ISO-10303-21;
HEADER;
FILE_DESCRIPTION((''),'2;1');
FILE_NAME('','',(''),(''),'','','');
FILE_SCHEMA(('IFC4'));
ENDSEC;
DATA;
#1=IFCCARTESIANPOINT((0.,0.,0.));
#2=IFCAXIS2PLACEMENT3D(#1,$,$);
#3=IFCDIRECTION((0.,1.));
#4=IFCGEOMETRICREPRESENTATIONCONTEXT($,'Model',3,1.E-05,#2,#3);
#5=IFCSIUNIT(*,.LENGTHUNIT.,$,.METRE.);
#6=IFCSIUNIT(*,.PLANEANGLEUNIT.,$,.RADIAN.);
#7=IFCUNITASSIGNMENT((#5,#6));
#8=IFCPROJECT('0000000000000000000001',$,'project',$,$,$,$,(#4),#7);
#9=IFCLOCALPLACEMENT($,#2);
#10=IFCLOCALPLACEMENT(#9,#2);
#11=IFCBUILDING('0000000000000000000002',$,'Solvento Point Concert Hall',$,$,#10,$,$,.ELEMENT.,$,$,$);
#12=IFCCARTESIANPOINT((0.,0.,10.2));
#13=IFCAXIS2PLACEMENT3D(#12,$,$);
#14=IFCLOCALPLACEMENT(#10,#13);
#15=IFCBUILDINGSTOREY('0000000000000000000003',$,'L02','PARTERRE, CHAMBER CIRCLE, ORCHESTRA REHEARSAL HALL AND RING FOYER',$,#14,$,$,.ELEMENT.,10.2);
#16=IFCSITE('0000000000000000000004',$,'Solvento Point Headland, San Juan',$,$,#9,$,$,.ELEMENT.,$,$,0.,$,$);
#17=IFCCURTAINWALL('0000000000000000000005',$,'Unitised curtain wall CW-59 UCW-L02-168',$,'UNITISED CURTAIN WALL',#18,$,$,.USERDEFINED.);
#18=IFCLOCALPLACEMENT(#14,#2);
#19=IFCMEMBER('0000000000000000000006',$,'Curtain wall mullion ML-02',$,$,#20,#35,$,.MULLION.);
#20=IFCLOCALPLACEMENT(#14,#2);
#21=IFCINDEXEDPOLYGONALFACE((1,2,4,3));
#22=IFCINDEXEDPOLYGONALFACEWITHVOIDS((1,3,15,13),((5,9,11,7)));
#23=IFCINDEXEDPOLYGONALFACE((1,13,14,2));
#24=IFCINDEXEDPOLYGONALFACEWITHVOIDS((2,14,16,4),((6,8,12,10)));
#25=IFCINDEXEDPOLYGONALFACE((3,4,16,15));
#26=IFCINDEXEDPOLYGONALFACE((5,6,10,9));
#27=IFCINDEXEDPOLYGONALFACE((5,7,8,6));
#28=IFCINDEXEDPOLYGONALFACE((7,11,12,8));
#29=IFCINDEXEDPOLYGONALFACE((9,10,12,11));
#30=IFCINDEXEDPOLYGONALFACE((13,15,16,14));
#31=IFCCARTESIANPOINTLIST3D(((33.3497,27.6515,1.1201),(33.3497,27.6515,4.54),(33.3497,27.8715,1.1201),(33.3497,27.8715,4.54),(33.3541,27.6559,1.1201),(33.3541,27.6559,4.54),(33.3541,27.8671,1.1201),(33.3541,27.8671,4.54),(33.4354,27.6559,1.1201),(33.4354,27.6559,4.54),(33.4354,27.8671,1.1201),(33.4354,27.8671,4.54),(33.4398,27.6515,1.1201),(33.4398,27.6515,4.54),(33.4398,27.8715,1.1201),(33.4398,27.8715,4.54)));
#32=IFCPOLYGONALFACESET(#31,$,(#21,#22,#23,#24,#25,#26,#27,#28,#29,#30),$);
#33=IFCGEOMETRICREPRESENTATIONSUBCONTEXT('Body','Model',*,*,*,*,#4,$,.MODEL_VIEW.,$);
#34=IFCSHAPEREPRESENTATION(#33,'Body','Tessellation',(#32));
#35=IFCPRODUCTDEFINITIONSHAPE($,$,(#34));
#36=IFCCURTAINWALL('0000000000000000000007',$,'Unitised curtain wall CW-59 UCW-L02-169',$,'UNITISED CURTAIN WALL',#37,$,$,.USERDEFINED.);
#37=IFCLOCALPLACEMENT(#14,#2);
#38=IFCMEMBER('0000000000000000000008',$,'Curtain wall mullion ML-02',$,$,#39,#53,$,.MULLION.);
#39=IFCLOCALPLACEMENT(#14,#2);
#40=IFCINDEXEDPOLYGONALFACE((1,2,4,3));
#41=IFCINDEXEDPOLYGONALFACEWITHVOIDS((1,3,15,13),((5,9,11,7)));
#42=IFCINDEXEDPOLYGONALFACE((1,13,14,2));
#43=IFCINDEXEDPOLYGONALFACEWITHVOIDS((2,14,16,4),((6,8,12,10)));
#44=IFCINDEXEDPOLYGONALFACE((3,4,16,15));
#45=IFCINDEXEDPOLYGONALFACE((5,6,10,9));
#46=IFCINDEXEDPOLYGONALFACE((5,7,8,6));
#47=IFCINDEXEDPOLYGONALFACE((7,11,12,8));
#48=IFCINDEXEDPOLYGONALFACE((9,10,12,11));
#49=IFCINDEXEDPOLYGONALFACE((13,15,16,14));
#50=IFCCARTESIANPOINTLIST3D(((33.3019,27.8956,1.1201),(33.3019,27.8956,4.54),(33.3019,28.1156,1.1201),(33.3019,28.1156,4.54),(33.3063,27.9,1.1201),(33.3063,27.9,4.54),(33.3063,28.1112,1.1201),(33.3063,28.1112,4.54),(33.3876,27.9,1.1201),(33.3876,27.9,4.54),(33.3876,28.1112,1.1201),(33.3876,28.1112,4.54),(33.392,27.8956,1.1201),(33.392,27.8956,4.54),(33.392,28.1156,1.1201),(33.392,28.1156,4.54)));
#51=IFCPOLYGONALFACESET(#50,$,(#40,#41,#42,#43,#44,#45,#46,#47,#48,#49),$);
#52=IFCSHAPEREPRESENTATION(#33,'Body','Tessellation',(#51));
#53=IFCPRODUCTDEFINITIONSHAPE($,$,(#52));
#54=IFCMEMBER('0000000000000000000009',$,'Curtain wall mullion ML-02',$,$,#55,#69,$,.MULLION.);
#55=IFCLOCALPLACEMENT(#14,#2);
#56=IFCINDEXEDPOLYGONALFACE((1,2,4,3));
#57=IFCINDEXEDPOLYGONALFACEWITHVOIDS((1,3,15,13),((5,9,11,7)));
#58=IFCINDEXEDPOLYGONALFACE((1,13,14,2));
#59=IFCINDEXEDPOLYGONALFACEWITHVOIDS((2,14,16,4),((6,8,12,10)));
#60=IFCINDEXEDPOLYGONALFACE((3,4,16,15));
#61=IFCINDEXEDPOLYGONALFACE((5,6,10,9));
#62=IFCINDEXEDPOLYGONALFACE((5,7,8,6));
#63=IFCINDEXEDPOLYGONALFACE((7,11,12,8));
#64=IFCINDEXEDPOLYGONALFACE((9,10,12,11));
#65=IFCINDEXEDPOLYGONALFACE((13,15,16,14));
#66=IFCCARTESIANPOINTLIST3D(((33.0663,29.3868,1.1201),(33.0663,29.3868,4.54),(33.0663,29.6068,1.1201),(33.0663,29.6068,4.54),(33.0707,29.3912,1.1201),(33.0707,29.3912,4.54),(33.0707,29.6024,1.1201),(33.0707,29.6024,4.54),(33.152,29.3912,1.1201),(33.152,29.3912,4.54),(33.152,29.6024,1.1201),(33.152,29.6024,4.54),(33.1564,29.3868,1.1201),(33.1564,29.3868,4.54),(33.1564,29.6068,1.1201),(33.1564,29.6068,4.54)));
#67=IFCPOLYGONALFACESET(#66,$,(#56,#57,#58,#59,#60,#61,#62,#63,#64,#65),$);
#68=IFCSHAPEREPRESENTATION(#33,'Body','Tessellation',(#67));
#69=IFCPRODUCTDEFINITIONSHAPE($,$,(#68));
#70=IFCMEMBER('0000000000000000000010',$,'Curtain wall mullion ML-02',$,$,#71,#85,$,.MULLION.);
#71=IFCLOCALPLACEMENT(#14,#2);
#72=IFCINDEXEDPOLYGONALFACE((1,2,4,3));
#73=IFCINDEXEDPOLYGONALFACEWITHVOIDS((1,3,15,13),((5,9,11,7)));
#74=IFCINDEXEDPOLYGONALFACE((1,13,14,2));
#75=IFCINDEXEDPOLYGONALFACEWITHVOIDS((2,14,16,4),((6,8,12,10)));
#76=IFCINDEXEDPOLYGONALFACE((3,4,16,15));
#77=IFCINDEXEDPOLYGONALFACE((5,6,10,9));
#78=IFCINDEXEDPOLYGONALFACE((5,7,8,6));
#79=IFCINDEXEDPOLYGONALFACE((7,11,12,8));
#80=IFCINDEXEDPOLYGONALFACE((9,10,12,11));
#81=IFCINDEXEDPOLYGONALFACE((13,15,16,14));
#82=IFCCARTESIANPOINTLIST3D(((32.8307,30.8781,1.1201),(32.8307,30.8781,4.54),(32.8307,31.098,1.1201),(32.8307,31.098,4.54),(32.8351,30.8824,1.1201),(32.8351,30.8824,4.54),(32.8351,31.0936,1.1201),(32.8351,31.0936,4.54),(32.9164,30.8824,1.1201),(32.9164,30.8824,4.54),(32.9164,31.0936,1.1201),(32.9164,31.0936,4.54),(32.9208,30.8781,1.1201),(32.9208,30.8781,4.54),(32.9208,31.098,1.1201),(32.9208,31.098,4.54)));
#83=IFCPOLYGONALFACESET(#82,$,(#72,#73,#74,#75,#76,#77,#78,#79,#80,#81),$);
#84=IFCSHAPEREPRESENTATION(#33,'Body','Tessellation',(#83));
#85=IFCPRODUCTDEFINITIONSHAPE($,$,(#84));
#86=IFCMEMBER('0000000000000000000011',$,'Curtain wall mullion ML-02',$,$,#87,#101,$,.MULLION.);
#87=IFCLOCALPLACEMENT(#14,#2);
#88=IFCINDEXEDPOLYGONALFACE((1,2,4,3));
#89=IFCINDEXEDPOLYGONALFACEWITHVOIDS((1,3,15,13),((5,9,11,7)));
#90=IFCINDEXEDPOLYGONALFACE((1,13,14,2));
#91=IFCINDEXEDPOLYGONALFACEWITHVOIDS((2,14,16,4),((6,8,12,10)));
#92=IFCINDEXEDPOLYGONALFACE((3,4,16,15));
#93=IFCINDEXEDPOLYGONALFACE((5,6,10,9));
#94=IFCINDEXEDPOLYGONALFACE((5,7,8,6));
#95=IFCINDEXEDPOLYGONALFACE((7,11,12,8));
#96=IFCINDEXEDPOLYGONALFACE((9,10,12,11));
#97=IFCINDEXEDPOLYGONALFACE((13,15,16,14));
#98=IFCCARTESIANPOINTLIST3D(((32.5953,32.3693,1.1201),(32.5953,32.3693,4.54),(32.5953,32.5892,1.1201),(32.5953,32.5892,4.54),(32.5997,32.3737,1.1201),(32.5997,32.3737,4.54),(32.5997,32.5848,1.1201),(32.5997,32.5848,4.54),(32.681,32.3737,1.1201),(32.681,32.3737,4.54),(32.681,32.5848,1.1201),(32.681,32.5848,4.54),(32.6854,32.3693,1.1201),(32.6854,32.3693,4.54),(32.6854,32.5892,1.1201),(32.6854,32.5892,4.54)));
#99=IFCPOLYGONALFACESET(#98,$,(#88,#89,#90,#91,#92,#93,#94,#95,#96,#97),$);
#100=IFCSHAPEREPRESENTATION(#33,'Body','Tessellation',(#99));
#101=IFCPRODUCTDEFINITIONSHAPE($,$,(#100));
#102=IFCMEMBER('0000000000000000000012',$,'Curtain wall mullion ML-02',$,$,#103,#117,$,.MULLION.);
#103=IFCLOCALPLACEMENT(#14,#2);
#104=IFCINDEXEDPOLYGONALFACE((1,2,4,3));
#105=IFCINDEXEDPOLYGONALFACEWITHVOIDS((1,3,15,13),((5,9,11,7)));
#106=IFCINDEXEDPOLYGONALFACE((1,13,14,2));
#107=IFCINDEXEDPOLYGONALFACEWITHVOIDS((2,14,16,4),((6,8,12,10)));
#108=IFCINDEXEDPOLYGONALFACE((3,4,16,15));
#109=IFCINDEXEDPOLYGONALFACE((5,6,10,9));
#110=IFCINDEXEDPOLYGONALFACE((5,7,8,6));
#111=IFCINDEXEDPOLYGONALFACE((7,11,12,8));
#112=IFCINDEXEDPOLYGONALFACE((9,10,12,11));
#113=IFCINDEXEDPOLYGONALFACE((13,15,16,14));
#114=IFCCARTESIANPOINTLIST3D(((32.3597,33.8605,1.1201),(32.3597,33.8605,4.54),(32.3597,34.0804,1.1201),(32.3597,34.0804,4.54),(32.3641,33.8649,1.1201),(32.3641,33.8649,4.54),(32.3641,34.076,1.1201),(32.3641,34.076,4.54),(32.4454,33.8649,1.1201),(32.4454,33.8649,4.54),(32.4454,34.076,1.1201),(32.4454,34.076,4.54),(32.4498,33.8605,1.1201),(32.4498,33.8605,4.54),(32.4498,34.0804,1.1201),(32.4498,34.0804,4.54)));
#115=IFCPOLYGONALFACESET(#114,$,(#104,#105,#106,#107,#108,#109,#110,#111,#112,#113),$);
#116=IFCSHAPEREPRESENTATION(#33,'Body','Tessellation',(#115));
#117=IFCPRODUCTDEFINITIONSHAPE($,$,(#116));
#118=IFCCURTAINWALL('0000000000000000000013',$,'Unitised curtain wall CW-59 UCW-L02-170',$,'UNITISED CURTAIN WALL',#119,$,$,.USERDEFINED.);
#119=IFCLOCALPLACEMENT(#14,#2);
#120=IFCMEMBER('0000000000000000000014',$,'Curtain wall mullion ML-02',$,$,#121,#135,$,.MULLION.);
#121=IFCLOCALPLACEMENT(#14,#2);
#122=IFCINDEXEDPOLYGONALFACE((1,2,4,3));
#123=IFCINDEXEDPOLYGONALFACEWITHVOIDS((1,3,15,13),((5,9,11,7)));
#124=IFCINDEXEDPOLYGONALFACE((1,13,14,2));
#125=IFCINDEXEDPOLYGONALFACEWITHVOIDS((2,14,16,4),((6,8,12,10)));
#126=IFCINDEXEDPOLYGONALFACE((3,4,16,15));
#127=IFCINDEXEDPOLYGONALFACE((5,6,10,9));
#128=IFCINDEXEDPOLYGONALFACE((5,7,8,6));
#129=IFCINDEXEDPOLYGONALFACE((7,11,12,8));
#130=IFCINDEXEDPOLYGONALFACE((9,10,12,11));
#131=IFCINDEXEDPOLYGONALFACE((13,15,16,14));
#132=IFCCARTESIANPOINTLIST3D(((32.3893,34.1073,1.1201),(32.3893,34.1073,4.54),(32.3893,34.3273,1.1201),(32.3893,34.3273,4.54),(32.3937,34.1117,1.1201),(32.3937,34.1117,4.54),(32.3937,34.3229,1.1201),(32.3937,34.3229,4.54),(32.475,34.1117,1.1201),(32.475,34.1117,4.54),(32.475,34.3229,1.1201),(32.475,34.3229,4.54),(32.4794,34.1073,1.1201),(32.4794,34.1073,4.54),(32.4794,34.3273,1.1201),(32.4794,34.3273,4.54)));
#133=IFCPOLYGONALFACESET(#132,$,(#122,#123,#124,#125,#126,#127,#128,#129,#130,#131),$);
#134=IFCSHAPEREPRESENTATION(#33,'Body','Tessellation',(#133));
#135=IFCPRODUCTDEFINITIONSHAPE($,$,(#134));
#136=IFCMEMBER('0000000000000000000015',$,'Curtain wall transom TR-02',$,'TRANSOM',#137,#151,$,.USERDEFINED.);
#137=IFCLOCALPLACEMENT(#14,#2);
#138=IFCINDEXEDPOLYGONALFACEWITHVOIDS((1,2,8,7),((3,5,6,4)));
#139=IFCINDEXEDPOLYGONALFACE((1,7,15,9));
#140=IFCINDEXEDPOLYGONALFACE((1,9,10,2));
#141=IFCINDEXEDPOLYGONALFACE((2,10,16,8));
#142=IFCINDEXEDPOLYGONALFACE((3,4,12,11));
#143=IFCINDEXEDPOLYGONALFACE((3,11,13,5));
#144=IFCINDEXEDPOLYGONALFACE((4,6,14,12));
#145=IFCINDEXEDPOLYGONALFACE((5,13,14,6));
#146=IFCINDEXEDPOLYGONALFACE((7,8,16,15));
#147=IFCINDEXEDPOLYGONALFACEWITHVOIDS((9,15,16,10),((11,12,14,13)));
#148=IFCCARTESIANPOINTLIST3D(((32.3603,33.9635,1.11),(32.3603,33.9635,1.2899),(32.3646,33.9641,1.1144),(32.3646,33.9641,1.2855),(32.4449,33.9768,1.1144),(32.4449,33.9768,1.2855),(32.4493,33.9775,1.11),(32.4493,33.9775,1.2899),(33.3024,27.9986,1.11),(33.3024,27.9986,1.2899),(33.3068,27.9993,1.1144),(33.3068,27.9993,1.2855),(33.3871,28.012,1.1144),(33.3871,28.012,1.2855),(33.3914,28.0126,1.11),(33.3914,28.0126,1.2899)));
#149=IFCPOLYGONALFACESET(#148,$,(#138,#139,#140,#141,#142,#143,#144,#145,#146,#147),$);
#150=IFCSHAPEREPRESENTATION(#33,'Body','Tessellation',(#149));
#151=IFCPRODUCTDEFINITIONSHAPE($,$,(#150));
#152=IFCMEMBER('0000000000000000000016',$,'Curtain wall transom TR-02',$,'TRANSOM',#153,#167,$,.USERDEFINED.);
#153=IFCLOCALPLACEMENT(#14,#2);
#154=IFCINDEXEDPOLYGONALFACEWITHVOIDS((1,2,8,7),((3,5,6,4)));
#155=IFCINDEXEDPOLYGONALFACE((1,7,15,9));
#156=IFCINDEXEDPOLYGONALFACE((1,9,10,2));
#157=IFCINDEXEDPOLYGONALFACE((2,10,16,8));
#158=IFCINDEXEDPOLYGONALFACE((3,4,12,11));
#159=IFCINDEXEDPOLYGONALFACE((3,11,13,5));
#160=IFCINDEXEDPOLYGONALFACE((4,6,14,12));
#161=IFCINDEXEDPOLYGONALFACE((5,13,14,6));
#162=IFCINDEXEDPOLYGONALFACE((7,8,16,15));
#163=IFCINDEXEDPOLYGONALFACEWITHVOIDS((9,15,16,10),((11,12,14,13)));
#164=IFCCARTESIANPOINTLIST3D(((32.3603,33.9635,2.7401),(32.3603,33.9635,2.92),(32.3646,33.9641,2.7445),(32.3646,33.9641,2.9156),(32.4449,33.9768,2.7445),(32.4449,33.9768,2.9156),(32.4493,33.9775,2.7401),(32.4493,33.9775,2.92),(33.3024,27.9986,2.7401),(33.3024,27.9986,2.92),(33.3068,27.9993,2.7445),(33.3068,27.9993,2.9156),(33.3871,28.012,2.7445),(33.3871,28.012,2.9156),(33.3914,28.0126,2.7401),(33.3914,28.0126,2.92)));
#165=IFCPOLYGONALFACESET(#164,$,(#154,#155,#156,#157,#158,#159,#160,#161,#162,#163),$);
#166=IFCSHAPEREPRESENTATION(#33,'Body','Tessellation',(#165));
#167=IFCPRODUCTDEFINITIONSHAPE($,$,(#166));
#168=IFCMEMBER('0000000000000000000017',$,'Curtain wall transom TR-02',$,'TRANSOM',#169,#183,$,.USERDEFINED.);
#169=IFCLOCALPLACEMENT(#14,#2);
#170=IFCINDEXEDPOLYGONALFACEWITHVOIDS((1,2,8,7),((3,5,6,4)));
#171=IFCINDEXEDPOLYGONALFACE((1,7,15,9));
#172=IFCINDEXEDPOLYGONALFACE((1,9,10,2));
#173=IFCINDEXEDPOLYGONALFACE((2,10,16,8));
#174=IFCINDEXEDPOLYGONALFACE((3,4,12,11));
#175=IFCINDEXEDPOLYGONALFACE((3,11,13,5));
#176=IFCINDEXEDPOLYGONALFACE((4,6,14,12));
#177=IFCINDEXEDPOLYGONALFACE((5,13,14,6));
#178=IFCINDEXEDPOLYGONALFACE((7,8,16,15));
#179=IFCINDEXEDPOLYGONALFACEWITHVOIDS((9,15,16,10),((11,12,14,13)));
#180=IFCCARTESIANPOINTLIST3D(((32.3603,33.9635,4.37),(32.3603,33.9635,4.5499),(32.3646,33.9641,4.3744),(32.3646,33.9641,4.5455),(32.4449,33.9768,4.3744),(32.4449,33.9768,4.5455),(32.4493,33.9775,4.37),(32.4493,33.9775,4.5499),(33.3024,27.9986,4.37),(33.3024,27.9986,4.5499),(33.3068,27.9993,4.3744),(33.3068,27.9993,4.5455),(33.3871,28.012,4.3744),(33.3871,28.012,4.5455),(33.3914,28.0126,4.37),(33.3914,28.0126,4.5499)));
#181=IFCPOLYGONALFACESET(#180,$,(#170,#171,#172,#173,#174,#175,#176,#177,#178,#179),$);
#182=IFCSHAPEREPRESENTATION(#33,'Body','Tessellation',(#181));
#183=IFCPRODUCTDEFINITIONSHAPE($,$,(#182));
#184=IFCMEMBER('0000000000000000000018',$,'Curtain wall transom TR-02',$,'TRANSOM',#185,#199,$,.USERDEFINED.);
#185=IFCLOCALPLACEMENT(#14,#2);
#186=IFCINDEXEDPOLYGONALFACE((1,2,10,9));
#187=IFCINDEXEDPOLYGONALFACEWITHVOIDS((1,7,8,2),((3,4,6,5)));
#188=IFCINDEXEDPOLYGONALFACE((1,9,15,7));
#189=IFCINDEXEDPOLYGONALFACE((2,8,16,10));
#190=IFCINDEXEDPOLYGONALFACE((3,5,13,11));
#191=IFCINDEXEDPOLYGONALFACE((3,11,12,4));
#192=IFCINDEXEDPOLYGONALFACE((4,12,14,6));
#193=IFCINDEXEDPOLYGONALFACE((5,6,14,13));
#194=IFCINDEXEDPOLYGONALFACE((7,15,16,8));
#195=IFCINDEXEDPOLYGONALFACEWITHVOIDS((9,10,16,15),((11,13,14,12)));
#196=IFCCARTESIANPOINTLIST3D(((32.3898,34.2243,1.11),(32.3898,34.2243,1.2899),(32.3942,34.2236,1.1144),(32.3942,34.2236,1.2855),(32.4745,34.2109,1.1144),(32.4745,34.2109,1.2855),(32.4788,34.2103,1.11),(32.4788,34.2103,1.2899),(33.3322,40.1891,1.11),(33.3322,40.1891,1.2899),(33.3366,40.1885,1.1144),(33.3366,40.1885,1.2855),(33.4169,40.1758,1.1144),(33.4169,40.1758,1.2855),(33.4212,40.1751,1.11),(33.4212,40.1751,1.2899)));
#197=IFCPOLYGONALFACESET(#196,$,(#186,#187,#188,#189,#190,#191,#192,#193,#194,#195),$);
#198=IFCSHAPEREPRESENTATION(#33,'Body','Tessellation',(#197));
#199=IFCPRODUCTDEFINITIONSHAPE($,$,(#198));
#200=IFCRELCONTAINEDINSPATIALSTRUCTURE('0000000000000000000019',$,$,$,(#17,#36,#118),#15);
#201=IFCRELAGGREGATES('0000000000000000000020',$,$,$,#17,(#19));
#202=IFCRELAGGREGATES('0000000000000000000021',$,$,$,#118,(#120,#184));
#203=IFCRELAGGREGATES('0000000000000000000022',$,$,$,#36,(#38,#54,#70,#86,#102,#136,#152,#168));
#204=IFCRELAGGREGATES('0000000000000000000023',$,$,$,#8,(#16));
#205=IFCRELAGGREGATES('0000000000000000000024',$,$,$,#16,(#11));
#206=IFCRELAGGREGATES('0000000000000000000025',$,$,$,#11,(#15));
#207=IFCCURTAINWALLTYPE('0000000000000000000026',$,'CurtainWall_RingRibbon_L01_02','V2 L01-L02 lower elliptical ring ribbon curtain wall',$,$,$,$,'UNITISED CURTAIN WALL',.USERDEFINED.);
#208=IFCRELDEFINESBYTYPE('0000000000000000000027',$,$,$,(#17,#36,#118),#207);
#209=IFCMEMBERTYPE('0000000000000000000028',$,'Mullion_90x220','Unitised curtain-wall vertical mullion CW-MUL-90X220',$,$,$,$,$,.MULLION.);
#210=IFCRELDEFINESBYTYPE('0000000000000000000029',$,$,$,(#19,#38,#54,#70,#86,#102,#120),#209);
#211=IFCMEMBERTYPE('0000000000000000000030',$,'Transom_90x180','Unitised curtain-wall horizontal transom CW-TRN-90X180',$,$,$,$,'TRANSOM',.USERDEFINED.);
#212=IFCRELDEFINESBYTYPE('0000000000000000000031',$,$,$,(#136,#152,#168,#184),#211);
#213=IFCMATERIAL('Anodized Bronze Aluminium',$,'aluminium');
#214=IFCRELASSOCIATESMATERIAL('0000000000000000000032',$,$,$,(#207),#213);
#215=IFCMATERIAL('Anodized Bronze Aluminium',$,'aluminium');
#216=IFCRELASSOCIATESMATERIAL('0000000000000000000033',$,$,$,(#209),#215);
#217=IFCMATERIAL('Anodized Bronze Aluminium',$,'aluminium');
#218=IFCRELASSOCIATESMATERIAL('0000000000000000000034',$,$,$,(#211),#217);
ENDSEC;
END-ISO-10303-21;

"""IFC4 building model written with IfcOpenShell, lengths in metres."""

from ifc_helpers import new_model, si_unit, direction, frame, origin, origin_2d, place, context, subcontext, project, spatial, hollow_rectangle, extrude, material, material_profile, profile_set, type_object, element, aggregate, save


model = new_model("IFC4")

# Units and contexts
model_context = context("Model", 3, precision=1e-05, world=origin(), true_north=direction((0.0, 1.0)))
body_context = subcontext(model_context, "Body", "Model", "MODEL_VIEW")
ifc_project = project(units=[si_unit("LENGTHUNIT", "METRE"), si_unit("PLANEANGLEUNIT", "RADIAN")], contexts=[model_context])

# Site, building, storey
site_placement = place(None, origin())
site = spatial("IfcSite", under=ifc_project, at=site_placement, Name="Solvento Point Headland, San Juan", CompositionType="ELEMENT", RefElevation=0.0)
building_placement = place(site_placement, origin())
building = spatial("IfcBuilding", under=site, at=building_placement, Name="Solvento Point Concert Hall", CompositionType="ELEMENT")
storey_placement = place(building_placement, frame((0.0, 0.0, 10.2)))
storey = spatial("IfcBuildingStorey", under=building, at=storey_placement, Name="L02", Description="PARTERRE, CHAMBER CIRCLE, ORCHESTRA REHEARSAL HALL AND RING FOYER", CompositionType="ELEMENT", Elevation=10.2)

# Curtain wall, member
ifc_material_1 = material(Name="Anodized Bronze Aluminium", Category="aluminium")
curtain_wall_type = type_object("IfcCurtainWallType", Name="CurtainWall_RingRibbon_L01_02", Description="V2 L01-L02 lower elliptical ring ribbon curtain wall", ElementType="UNITISED CURTAIN WALL", PredefinedType="USERDEFINED", material=ifc_material_1)
curtain_wall_1_placement = place(storey_placement, origin())
curtain_wall_1 = element("IfcCurtainWall", 1, at=curtain_wall_1_placement, inside=storey, type_object=curtain_wall_type, Name="Unitised curtain wall CW-59 UCW-L02-168", ObjectType="UNITISED CURTAIN WALL", PredefinedType="USERDEFINED")
ifc_material_2 = material(Name="Anodized Bronze Aluminium", Category="aluminium")
ifc_material_profile_1 = material_profile(ifc_material_2, hollow_rectangle(XDim=0.0901, YDim=0.22, WallThickness=0.0044, at=origin_2d()), Name="CW-MUL-90X220")
ifc_profile_set_1 = profile_set([ifc_material_profile_1], Name="Anodized Bronze Aluminium")
member_type_1 = type_object("IfcMemberType", Name="Mullion_90x220", Description="Unitised curtain-wall vertical mullion CW-MUL-90X220", PredefinedType="MULLION", material=ifc_profile_set_1)
member_1_placement = place(storey_placement, frame((33.3948, 27.7615, 1.1201), z_axis=(0.0, 0.0, 1.0), x_axis=(1.0, 0.0, 0.0)))
member_1 = element("IfcMember", 2, at=member_1_placement, type_object=member_type_1, Name="Curtain wall mullion ML-02", PredefinedType="MULLION", context=body_context, shape_type="SweptSolid", body=[
    extrude(hollow_rectangle(XDim=0.0901, YDim=0.22, WallThickness=0.0044, at=origin_2d()), origin(), (0.0, 0.0, 1.0), 3.4199),
])
aggregate(curtain_wall_1, [member_1])

# Curtain wall, members
curtain_wall_2_placement = place(storey_placement, origin())
curtain_wall_2 = element("IfcCurtainWall", 3, at=curtain_wall_2_placement, inside=storey, type_object=curtain_wall_type, Name="Unitised curtain wall CW-59 UCW-L02-169", ObjectType="UNITISED CURTAIN WALL", PredefinedType="USERDEFINED")
member_2_placement = place(storey_placement, frame((33.3469, 28.0056, 1.1201), z_axis=(0.0, 0.0, 1.0), x_axis=(1.0, 0.0, 0.0)))
member_2 = element("IfcMember", 4, at=member_2_placement, type_object=member_type_1, Name="Curtain wall mullion ML-02", PredefinedType="MULLION", context=body_context, shape_type="SweptSolid", body=[
    extrude(hollow_rectangle(XDim=0.0901, YDim=0.22, WallThickness=0.0044, at=origin_2d()), origin(), (0.0, 0.0, 1.0), 3.4199),
])
member_3_placement = place(storey_placement, frame((33.1113, 29.4968, 1.1201), z_axis=(0.0, 0.0, 1.0), x_axis=(1.0, 0.0, 0.0)))
member_3 = element("IfcMember", 5, at=member_3_placement, type_object=member_type_1, Name="Curtain wall mullion ML-02", PredefinedType="MULLION", context=body_context, shape_type="SweptSolid", body=[
    extrude(hollow_rectangle(XDim=0.0901, YDim=0.22, WallThickness=0.0044, at=origin_2d()), origin(), (0.0, 0.0, 1.0), 3.4199),
])
member_4_placement = place(storey_placement, frame((32.8757, 30.988, 1.1201), z_axis=(0.0, 0.0, 1.0), x_axis=(1.0, 0.0, 0.0)))
member_4 = element("IfcMember", 6, at=member_4_placement, type_object=member_type_1, Name="Curtain wall mullion ML-02", PredefinedType="MULLION", context=body_context, shape_type="SweptSolid", body=[
    extrude(hollow_rectangle(XDim=0.0901, YDim=0.22, WallThickness=0.0044, at=origin_2d()), origin(), (0.0, 0.0, 1.0), 3.4199),
])
member_5_placement = place(storey_placement, frame((32.6404, 32.4792, 1.1201), z_axis=(0.0, 0.0, 1.0), x_axis=(1.0, 0.0, 0.0)))
member_5 = element("IfcMember", 7, at=member_5_placement, type_object=member_type_1, Name="Curtain wall mullion ML-02", PredefinedType="MULLION", context=body_context, shape_type="SweptSolid", body=[
    extrude(hollow_rectangle(XDim=0.0901, YDim=0.22, WallThickness=0.0044, at=origin_2d()), origin(), (0.0, 0.0, 1.0), 3.4199),
])
member_6_placement = place(storey_placement, frame((32.4048, 33.9705, 1.1201), z_axis=(0.0, 0.0, 1.0), x_axis=(1.0, 0.0, 0.0)))
member_6 = element("IfcMember", 8, at=member_6_placement, type_object=member_type_1, Name="Curtain wall mullion ML-02", PredefinedType="MULLION", context=body_context, shape_type="SweptSolid", body=[
    extrude(hollow_rectangle(XDim=0.0901, YDim=0.22, WallThickness=0.0044, at=origin_2d()), origin(), (0.0, 0.0, 1.0), 3.4199),
])

# Curtain wall, member
curtain_wall_3_placement = place(storey_placement, origin())
curtain_wall_3 = element("IfcCurtainWall", 9, at=curtain_wall_3_placement, inside=storey, type_object=curtain_wall_type, Name="Unitised curtain wall CW-59 UCW-L02-170", ObjectType="UNITISED CURTAIN WALL", PredefinedType="USERDEFINED")
member_7_placement = place(storey_placement, frame((32.4343, 34.2173, 1.1201), z_axis=(0.0, 0.0, 1.0), x_axis=(1.0, 0.0, 0.0)))
member_7 = element("IfcMember", 10, at=member_7_placement, type_object=member_type_1, Name="Curtain wall mullion ML-02", PredefinedType="MULLION", context=body_context, shape_type="SweptSolid", body=[
    extrude(hollow_rectangle(XDim=0.0901, YDim=0.22, WallThickness=0.0044, at=origin_2d()), origin(), (0.0, 0.0, 1.0), 3.4199),
])

# Members
ifc_material_3 = material(Name="Anodized Bronze Aluminium", Category="aluminium")
ifc_material_profile_2 = material_profile(ifc_material_3, hollow_rectangle(XDim=0.0901, YDim=0.1799, WallThickness=0.0044, at=origin_2d()), Name="CW-TRN-90X180")
ifc_profile_set_2 = profile_set([ifc_material_profile_2], Name="Anodized Bronze Aluminium")
member_type_2 = type_object("IfcMemberType", Name="Transom_90x180", Description="Unitised curtain-wall horizontal transom CW-TRN-90X180", ElementType="TRANSOM", PredefinedType="USERDEFINED", material=ifc_profile_set_2)
member_8_placement = place(storey_placement, frame((33.3469, 28.0056, 1.2), z_axis=(-0.156014, 0.987755, 0.0), x_axis=(-0.987755, -0.156014, 0.0)))
member_8 = element("IfcMember", 11, at=member_8_placement, type_object=member_type_2, Name="Curtain wall transom TR-02", ObjectType="TRANSOM", PredefinedType="USERDEFINED", context=body_context, shape_type="SweptSolid", body=[
    extrude(hollow_rectangle(XDim=0.0901, YDim=0.1799, WallThickness=0.0044, at=origin_2d()), origin(), (0.0, 0.0, 1.0), 6.0388),
])
member_9_placement = place(storey_placement, frame((33.3469, 28.0056, 2.8301), z_axis=(-0.156014, 0.987755, 0.0), x_axis=(-0.987755, -0.156014, 0.0)))
member_9 = element("IfcMember", 12, at=member_9_placement, type_object=member_type_2, Name="Curtain wall transom TR-02", ObjectType="TRANSOM", PredefinedType="USERDEFINED", context=body_context, shape_type="SweptSolid", body=[
    extrude(hollow_rectangle(XDim=0.0901, YDim=0.1799, WallThickness=0.0044, at=origin_2d()), origin(), (0.0, 0.0, 1.0), 6.0388),
])
member_10_placement = place(storey_placement, frame((33.3469, 28.0056, 4.46), z_axis=(-0.156014, 0.987755, 0.0), x_axis=(-0.987755, -0.156014, 0.0)))
member_10 = element("IfcMember", 13, at=member_10_placement, type_object=member_type_2, Name="Curtain wall transom TR-02", ObjectType="TRANSOM", PredefinedType="USERDEFINED", context=body_context, shape_type="SweptSolid", body=[
    extrude(hollow_rectangle(XDim=0.0901, YDim=0.1799, WallThickness=0.0044, at=origin_2d()), origin(), (0.0, 0.0, 1.0), 6.0388),
])
member_11_placement = place(storey_placement, frame((32.4343, 34.2173, 1.2), z_axis=(0.156054, 0.987749, 0.0), x_axis=(-0.987749, 0.156054, 0.0)))
member_11 = element("IfcMember", 14, at=member_11_placement, type_object=member_type_2, Name="Curtain wall transom TR-02", ObjectType="TRANSOM", PredefinedType="USERDEFINED", context=body_context, shape_type="SweptSolid", body=[
    extrude(hollow_rectangle(XDim=0.0901, YDim=0.1799, WallThickness=0.0044, at=origin_2d()), origin(), (0.0, 0.0, 1.0), 6.0388),
])
aggregate(curtain_wall_3, [member_7, member_11])

aggregate(curtain_wall_2, [member_2, member_3, member_4, member_5, member_6, member_8, member_9, member_10])

save(model, "model.ifc")
